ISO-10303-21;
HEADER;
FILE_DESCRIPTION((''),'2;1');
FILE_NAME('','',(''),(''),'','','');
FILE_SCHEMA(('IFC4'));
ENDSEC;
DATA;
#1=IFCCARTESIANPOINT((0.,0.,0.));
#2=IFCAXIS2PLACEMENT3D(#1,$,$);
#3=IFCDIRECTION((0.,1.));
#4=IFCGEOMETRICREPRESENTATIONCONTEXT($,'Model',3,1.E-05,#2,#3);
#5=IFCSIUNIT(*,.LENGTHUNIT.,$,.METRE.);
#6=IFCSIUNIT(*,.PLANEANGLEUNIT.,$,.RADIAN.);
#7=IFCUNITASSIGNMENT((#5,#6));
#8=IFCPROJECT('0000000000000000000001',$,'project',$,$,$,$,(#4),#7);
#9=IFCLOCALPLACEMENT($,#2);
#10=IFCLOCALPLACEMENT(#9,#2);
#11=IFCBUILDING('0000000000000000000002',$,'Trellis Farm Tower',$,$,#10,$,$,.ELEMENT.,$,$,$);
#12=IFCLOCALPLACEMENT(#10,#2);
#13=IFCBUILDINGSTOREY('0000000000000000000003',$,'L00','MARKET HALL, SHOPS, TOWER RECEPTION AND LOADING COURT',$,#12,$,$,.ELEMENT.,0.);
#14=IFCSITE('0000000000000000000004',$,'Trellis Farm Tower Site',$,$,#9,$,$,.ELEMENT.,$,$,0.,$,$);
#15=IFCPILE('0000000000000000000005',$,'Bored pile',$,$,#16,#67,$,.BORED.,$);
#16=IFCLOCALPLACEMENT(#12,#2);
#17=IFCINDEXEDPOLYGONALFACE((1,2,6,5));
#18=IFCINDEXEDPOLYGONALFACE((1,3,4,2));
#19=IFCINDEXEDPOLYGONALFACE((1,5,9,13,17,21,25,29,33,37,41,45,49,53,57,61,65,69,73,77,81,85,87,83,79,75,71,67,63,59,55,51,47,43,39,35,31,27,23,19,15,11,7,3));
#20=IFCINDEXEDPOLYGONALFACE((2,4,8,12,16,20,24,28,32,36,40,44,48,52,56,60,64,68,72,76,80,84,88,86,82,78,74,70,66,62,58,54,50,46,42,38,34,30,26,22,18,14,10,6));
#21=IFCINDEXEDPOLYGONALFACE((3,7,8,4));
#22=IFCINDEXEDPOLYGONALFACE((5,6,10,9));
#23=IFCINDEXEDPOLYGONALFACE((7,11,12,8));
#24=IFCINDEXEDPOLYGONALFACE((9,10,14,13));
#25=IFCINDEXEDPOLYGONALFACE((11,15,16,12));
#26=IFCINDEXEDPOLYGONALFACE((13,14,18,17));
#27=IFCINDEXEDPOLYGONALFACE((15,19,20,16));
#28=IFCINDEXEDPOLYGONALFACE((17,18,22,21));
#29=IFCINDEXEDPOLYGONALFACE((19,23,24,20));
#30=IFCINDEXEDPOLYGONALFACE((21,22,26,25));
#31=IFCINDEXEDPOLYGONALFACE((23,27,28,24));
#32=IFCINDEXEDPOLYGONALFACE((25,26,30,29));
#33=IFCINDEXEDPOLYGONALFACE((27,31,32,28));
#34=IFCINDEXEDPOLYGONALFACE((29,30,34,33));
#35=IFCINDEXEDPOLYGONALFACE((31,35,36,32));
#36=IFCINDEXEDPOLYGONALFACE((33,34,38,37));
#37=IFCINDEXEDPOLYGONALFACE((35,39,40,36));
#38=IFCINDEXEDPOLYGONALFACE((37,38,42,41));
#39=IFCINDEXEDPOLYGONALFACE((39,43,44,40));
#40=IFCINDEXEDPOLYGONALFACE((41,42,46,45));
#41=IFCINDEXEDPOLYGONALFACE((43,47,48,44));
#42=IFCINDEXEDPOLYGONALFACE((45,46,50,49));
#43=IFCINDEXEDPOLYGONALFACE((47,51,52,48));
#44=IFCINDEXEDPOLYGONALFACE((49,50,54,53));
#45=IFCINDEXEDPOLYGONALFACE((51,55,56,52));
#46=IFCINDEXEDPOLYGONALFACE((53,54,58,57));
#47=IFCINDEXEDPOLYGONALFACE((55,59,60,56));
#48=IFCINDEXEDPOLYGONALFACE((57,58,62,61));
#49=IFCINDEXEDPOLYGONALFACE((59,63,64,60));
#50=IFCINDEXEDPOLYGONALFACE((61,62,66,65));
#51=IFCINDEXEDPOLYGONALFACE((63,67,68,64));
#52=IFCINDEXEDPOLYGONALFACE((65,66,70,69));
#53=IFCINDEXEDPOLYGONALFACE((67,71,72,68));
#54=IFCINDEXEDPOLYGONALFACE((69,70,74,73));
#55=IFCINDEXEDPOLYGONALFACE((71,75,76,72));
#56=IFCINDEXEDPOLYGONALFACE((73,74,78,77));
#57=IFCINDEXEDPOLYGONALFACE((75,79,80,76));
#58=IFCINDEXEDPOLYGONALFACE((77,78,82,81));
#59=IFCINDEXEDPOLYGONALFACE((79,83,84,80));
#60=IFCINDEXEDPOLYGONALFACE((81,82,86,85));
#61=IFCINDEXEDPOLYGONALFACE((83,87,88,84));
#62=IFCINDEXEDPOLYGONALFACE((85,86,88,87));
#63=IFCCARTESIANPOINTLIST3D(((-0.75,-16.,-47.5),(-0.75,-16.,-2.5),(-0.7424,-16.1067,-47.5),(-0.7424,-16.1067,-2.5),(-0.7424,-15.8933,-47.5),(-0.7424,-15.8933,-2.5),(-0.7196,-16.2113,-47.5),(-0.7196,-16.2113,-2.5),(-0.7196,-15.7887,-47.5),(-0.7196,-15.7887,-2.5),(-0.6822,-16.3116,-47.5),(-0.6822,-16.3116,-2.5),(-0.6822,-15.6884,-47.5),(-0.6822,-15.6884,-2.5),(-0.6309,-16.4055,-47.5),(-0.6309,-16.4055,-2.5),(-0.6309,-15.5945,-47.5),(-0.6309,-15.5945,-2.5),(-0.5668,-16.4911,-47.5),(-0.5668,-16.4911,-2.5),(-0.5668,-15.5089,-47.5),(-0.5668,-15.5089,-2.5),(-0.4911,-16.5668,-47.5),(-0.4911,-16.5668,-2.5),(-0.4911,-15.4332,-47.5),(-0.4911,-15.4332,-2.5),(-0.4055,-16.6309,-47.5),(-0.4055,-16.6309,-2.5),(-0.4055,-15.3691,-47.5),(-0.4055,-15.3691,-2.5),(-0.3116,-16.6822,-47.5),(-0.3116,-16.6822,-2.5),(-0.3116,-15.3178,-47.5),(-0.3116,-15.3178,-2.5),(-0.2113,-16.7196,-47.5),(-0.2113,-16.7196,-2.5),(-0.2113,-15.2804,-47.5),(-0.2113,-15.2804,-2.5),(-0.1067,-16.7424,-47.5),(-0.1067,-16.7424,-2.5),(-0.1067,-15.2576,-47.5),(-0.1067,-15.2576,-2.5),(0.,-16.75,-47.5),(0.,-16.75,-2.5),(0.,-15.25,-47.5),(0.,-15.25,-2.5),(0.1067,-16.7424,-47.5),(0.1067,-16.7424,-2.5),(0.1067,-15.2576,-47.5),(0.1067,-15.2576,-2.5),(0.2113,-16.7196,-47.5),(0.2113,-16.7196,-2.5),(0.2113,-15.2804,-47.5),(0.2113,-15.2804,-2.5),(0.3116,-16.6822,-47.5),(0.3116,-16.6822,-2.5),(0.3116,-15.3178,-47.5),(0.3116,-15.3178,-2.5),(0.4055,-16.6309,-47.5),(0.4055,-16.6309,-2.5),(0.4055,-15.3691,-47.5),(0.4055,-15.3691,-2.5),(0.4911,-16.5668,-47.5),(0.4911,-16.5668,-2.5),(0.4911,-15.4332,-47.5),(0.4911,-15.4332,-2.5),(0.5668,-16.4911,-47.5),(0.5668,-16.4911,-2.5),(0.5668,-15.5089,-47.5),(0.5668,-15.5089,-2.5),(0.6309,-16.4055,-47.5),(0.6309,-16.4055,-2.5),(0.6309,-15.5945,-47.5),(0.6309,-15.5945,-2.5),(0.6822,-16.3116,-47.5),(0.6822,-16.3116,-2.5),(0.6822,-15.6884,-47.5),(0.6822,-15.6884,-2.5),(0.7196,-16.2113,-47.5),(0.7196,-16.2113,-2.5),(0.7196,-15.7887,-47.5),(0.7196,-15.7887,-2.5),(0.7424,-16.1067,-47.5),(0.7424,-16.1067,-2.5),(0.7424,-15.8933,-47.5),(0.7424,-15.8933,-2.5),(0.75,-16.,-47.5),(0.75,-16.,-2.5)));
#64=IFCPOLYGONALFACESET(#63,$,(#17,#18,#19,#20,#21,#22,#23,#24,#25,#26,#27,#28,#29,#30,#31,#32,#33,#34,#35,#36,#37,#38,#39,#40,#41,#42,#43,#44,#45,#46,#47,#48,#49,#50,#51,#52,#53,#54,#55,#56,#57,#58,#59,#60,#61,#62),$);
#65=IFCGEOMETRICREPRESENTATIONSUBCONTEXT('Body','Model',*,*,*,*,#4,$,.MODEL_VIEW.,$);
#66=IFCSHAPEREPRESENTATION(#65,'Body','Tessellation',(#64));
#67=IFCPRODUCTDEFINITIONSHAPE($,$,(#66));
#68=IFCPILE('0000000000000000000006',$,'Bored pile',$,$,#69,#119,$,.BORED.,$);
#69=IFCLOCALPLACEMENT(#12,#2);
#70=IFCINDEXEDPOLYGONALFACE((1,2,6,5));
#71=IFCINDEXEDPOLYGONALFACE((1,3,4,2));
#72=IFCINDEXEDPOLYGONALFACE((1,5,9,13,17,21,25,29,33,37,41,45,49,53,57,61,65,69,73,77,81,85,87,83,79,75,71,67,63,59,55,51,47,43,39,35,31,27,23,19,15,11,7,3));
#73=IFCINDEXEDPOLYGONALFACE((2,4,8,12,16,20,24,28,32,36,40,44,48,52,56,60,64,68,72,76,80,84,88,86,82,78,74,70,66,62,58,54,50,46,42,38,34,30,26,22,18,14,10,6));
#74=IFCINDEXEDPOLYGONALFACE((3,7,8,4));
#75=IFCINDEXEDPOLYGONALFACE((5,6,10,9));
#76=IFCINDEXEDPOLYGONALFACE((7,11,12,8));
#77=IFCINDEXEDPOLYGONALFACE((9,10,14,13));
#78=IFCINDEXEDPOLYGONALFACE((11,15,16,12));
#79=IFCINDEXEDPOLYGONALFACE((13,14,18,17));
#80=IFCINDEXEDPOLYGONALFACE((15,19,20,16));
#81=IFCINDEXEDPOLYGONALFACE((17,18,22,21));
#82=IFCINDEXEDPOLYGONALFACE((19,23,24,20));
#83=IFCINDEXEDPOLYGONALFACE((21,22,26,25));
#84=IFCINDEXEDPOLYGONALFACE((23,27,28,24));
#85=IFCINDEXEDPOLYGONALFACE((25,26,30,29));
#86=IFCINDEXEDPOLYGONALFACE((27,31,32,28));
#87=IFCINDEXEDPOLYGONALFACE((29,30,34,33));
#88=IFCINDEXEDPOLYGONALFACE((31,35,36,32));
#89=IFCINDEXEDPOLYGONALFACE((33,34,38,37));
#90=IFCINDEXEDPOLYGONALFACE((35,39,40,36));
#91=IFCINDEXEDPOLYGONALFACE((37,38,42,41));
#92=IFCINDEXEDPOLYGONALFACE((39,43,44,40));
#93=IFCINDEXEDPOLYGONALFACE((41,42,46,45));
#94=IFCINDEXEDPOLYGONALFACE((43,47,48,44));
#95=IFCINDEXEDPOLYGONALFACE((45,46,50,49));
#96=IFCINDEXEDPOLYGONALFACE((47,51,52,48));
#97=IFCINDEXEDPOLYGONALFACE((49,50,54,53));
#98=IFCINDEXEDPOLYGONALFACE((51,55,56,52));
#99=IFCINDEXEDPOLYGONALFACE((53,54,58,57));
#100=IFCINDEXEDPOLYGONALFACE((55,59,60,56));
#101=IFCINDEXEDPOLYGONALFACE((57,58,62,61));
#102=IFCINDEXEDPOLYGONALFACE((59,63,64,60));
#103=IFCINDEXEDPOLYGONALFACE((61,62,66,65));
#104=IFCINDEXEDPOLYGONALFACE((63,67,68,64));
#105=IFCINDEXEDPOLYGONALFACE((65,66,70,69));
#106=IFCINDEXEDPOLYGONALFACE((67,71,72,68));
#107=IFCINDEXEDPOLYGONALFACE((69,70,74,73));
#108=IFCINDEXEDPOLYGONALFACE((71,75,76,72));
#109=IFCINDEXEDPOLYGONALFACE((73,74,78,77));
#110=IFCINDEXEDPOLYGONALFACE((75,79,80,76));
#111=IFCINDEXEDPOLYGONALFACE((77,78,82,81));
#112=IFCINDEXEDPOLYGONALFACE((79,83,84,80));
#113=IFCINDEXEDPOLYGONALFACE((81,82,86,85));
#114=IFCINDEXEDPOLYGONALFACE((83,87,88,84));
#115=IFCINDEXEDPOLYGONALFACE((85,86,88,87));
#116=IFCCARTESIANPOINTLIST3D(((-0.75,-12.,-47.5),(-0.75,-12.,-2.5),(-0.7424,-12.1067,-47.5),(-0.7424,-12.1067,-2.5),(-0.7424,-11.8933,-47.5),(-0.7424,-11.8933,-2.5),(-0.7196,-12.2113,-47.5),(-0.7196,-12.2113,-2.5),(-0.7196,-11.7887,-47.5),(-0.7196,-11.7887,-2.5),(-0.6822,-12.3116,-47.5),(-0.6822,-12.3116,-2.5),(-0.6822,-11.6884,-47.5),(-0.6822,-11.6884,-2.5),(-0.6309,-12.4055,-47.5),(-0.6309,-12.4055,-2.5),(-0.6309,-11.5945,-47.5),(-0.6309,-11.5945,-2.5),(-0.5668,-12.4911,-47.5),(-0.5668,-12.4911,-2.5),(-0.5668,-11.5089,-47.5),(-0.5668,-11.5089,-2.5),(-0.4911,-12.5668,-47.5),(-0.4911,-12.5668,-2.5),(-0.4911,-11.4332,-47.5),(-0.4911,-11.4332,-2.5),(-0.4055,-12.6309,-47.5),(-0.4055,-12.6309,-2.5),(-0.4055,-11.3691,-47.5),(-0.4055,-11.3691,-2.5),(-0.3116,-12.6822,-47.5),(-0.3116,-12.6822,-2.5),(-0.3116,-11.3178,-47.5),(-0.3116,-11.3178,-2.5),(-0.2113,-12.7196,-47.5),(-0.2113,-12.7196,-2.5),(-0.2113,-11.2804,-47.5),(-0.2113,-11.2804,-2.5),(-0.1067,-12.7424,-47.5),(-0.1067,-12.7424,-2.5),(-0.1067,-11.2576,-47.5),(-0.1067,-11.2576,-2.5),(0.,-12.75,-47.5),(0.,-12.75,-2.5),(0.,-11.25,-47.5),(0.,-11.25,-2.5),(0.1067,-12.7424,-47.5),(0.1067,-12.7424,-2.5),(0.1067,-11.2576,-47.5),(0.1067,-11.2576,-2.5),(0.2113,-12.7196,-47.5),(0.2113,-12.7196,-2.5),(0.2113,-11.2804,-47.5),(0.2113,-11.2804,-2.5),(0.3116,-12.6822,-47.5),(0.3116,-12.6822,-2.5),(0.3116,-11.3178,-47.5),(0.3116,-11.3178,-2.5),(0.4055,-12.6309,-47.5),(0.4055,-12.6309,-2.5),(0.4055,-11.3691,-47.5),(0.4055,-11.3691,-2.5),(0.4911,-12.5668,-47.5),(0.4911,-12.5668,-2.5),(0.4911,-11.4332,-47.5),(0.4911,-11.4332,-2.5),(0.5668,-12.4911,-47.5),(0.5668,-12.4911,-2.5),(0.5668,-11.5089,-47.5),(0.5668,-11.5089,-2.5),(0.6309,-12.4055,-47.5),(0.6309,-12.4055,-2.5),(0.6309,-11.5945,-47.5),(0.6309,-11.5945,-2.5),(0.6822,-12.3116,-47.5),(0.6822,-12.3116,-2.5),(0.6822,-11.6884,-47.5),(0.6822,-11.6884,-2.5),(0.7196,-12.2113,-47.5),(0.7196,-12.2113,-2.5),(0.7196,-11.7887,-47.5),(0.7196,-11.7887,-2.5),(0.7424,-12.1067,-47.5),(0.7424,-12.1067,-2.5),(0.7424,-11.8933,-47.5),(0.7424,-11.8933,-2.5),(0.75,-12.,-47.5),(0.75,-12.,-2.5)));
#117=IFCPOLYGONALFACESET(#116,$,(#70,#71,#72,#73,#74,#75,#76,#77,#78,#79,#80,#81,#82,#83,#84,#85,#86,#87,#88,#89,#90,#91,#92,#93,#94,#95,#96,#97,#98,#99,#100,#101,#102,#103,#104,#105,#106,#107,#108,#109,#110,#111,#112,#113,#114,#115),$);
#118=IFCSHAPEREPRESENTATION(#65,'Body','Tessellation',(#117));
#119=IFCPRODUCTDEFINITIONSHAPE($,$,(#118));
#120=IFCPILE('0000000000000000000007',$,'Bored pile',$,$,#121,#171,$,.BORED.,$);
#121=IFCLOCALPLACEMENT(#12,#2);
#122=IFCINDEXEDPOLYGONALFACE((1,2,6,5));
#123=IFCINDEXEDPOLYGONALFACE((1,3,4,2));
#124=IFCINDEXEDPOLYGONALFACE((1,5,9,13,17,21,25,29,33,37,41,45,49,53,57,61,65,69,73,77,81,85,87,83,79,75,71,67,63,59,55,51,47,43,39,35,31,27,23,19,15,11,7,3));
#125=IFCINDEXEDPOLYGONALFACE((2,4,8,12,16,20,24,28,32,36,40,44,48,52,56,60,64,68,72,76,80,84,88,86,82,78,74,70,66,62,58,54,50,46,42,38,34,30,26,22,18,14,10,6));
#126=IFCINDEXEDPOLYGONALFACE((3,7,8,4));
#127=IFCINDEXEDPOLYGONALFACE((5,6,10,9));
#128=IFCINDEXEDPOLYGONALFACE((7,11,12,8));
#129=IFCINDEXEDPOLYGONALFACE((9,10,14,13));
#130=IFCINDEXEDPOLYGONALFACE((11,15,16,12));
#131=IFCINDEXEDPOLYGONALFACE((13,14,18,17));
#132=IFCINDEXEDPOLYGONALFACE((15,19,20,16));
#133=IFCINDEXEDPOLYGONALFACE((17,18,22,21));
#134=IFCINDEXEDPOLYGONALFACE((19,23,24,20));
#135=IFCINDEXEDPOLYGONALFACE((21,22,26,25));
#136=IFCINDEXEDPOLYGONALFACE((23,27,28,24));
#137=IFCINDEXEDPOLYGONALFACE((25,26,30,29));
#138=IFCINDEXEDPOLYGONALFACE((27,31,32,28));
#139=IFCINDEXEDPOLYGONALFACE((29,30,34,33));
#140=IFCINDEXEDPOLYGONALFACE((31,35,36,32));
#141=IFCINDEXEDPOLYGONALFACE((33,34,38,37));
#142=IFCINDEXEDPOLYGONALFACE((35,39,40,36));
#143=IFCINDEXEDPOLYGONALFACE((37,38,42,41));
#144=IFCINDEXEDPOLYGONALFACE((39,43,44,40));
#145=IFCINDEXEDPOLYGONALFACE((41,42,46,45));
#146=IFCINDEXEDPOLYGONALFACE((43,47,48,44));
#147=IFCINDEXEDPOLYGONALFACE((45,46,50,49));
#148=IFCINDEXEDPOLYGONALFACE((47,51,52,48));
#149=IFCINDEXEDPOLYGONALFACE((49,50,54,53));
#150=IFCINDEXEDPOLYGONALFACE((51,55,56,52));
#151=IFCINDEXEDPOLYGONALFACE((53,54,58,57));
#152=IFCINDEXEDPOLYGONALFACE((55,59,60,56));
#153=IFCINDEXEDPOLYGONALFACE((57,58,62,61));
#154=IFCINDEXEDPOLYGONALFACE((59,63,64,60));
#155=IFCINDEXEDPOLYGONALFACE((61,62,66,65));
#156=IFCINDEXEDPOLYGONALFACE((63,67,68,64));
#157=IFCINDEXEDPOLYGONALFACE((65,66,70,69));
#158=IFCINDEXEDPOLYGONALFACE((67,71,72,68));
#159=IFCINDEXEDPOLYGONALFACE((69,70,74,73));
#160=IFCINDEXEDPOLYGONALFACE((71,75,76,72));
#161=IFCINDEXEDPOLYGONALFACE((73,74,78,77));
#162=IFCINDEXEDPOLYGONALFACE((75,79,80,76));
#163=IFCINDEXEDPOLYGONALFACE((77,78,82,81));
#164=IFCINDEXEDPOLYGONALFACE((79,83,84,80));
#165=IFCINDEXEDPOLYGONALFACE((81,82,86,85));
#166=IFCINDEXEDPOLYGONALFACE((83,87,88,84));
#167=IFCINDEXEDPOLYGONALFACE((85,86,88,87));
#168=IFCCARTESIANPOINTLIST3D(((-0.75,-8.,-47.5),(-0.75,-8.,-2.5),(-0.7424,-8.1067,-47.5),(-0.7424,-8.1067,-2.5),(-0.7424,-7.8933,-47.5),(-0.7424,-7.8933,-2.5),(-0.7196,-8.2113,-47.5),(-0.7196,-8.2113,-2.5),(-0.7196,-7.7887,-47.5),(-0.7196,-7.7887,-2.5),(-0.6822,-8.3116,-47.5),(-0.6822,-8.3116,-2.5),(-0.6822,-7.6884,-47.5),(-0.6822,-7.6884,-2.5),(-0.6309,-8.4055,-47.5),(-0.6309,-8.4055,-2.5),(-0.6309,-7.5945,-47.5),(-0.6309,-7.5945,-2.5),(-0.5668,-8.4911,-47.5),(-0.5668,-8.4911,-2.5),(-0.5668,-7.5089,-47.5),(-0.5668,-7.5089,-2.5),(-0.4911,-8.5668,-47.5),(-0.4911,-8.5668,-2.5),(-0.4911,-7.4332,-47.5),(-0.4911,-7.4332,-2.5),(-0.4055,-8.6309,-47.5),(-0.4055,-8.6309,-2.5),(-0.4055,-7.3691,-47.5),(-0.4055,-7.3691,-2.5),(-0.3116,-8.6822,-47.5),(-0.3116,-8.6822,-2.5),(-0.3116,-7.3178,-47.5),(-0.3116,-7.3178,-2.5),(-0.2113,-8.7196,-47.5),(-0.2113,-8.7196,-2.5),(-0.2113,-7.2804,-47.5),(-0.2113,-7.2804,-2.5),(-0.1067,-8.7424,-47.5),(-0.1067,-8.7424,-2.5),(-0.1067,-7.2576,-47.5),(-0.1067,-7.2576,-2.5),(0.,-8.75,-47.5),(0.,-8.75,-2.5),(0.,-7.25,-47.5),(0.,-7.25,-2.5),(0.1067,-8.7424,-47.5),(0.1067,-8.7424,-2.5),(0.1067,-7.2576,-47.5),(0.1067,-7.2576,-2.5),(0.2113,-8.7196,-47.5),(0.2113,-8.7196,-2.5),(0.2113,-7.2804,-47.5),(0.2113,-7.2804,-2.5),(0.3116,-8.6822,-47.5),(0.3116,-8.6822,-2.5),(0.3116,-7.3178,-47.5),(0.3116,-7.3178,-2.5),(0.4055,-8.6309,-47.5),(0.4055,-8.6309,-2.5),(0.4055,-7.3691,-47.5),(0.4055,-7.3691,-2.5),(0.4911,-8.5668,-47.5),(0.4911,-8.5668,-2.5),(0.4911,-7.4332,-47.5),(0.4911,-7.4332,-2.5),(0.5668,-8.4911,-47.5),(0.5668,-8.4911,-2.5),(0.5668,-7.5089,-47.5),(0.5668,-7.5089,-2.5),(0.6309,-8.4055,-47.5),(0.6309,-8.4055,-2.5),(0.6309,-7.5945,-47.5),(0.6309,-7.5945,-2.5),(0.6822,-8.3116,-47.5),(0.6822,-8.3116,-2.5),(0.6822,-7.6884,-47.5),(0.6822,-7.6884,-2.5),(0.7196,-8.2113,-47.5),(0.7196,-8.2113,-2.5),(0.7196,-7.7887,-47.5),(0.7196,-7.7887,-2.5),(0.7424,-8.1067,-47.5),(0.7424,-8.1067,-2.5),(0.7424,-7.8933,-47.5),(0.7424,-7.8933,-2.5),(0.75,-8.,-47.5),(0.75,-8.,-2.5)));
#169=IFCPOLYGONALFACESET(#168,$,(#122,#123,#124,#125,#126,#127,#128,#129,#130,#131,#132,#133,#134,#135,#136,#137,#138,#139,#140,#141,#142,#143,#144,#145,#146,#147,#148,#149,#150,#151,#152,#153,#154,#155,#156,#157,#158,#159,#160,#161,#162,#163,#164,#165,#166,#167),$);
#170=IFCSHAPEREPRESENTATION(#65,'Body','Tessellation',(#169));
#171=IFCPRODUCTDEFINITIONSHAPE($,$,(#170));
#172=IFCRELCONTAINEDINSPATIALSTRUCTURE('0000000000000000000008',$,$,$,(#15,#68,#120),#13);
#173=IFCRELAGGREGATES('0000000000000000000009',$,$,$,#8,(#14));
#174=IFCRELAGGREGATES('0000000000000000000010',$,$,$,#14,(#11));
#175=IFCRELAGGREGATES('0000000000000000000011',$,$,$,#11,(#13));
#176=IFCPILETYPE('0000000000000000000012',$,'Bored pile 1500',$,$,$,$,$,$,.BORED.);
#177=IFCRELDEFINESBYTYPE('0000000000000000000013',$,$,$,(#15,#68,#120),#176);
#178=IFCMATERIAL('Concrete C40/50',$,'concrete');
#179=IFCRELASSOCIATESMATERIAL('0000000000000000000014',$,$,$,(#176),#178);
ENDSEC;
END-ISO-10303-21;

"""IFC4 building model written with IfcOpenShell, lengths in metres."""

from ifc_helpers import new_model, si_unit, direction, frame, origin, origin_2d, place, context, subcontext, project, spatial, circle, extrude, source, transform, mapped, material, material_profile, profile_set, type_object, element, save


model = new_model("IFC4")

# Units and contexts
model_context = context("Model", 3, precision=1e-05, world=origin(), true_north=direction((0.0, 1.0)))
body_context = subcontext(model_context, "Body", "Model", "MODEL_VIEW")
ifc_project = project(units=[si_unit("LENGTHUNIT", "METRE"), si_unit("PLANEANGLEUNIT", "RADIAN")], contexts=[model_context])

# Site, building, storey
site_placement = place(None, origin())
site = spatial("IfcSite", under=ifc_project, at=site_placement, Name="Trellis Farm Tower Site", CompositionType="ELEMENT", RefElevation=0.0)
building_placement = place(site_placement, origin())
building = spatial("IfcBuilding", under=site, at=building_placement, Name="Trellis Farm Tower", CompositionType="ELEMENT")
storey_placement = place(building_placement, origin())
storey = spatial("IfcBuildingStorey", under=building, at=storey_placement, Name="L00", Description="MARKET HALL, SHOPS, TOWER RECEPTION AND LOADING COURT", CompositionType="ELEMENT", Elevation=0.0)

# Shared definitions
ifc_material_1 = material(Name="Concrete C40/50", Category="concrete")

# Piles
ifc_material_profile = material_profile(ifc_material_1, circle(Radius=0.75, at=origin_2d()), Name="Bored pile 1500")
ifc_profile_set = profile_set([ifc_material_profile], Name="Concrete C40/50")
pile_type = type_object("IfcPileType", Name="Bored pile 1500", PredefinedType="BORED", material=ifc_profile_set)
shared_shape_1 = source(origin(), body_context, "Body", "SweptSolid", [
    extrude(circle(Radius=0.75, at=origin_2d()), origin(), (0.0, 0.0, 1.0), 45.0),
])
for number, where, z_axis, x_axis, name in (
    (1, (0.0, -16.0, -2.5), (0.0, 0.0, -1.0), (1.0, 0.0, 0.0), "Bored pile"),
    (2, (0.0, -12.0, -2.5), (0.0, 0.0, -1.0), (1.0, 0.0, 0.0), "Bored pile"),
    (3, (0.0, -8.0, -2.5), (0.0, 0.0, -1.0), (1.0, 0.0, 0.0), "Bored pile"),
):
    element("IfcPile", number, at=place(storey_placement, frame(where, z_axis=z_axis, x_axis=x_axis)), inside=storey, type_object=pile_type, Name=name, PredefinedType="BORED", context=body_context, shape_type="MappedRepresentation", body=[
        mapped(shared_shape_1, transform((0.0, 0.0, 0.0))),
    ])

save(model, "model.ifc")
